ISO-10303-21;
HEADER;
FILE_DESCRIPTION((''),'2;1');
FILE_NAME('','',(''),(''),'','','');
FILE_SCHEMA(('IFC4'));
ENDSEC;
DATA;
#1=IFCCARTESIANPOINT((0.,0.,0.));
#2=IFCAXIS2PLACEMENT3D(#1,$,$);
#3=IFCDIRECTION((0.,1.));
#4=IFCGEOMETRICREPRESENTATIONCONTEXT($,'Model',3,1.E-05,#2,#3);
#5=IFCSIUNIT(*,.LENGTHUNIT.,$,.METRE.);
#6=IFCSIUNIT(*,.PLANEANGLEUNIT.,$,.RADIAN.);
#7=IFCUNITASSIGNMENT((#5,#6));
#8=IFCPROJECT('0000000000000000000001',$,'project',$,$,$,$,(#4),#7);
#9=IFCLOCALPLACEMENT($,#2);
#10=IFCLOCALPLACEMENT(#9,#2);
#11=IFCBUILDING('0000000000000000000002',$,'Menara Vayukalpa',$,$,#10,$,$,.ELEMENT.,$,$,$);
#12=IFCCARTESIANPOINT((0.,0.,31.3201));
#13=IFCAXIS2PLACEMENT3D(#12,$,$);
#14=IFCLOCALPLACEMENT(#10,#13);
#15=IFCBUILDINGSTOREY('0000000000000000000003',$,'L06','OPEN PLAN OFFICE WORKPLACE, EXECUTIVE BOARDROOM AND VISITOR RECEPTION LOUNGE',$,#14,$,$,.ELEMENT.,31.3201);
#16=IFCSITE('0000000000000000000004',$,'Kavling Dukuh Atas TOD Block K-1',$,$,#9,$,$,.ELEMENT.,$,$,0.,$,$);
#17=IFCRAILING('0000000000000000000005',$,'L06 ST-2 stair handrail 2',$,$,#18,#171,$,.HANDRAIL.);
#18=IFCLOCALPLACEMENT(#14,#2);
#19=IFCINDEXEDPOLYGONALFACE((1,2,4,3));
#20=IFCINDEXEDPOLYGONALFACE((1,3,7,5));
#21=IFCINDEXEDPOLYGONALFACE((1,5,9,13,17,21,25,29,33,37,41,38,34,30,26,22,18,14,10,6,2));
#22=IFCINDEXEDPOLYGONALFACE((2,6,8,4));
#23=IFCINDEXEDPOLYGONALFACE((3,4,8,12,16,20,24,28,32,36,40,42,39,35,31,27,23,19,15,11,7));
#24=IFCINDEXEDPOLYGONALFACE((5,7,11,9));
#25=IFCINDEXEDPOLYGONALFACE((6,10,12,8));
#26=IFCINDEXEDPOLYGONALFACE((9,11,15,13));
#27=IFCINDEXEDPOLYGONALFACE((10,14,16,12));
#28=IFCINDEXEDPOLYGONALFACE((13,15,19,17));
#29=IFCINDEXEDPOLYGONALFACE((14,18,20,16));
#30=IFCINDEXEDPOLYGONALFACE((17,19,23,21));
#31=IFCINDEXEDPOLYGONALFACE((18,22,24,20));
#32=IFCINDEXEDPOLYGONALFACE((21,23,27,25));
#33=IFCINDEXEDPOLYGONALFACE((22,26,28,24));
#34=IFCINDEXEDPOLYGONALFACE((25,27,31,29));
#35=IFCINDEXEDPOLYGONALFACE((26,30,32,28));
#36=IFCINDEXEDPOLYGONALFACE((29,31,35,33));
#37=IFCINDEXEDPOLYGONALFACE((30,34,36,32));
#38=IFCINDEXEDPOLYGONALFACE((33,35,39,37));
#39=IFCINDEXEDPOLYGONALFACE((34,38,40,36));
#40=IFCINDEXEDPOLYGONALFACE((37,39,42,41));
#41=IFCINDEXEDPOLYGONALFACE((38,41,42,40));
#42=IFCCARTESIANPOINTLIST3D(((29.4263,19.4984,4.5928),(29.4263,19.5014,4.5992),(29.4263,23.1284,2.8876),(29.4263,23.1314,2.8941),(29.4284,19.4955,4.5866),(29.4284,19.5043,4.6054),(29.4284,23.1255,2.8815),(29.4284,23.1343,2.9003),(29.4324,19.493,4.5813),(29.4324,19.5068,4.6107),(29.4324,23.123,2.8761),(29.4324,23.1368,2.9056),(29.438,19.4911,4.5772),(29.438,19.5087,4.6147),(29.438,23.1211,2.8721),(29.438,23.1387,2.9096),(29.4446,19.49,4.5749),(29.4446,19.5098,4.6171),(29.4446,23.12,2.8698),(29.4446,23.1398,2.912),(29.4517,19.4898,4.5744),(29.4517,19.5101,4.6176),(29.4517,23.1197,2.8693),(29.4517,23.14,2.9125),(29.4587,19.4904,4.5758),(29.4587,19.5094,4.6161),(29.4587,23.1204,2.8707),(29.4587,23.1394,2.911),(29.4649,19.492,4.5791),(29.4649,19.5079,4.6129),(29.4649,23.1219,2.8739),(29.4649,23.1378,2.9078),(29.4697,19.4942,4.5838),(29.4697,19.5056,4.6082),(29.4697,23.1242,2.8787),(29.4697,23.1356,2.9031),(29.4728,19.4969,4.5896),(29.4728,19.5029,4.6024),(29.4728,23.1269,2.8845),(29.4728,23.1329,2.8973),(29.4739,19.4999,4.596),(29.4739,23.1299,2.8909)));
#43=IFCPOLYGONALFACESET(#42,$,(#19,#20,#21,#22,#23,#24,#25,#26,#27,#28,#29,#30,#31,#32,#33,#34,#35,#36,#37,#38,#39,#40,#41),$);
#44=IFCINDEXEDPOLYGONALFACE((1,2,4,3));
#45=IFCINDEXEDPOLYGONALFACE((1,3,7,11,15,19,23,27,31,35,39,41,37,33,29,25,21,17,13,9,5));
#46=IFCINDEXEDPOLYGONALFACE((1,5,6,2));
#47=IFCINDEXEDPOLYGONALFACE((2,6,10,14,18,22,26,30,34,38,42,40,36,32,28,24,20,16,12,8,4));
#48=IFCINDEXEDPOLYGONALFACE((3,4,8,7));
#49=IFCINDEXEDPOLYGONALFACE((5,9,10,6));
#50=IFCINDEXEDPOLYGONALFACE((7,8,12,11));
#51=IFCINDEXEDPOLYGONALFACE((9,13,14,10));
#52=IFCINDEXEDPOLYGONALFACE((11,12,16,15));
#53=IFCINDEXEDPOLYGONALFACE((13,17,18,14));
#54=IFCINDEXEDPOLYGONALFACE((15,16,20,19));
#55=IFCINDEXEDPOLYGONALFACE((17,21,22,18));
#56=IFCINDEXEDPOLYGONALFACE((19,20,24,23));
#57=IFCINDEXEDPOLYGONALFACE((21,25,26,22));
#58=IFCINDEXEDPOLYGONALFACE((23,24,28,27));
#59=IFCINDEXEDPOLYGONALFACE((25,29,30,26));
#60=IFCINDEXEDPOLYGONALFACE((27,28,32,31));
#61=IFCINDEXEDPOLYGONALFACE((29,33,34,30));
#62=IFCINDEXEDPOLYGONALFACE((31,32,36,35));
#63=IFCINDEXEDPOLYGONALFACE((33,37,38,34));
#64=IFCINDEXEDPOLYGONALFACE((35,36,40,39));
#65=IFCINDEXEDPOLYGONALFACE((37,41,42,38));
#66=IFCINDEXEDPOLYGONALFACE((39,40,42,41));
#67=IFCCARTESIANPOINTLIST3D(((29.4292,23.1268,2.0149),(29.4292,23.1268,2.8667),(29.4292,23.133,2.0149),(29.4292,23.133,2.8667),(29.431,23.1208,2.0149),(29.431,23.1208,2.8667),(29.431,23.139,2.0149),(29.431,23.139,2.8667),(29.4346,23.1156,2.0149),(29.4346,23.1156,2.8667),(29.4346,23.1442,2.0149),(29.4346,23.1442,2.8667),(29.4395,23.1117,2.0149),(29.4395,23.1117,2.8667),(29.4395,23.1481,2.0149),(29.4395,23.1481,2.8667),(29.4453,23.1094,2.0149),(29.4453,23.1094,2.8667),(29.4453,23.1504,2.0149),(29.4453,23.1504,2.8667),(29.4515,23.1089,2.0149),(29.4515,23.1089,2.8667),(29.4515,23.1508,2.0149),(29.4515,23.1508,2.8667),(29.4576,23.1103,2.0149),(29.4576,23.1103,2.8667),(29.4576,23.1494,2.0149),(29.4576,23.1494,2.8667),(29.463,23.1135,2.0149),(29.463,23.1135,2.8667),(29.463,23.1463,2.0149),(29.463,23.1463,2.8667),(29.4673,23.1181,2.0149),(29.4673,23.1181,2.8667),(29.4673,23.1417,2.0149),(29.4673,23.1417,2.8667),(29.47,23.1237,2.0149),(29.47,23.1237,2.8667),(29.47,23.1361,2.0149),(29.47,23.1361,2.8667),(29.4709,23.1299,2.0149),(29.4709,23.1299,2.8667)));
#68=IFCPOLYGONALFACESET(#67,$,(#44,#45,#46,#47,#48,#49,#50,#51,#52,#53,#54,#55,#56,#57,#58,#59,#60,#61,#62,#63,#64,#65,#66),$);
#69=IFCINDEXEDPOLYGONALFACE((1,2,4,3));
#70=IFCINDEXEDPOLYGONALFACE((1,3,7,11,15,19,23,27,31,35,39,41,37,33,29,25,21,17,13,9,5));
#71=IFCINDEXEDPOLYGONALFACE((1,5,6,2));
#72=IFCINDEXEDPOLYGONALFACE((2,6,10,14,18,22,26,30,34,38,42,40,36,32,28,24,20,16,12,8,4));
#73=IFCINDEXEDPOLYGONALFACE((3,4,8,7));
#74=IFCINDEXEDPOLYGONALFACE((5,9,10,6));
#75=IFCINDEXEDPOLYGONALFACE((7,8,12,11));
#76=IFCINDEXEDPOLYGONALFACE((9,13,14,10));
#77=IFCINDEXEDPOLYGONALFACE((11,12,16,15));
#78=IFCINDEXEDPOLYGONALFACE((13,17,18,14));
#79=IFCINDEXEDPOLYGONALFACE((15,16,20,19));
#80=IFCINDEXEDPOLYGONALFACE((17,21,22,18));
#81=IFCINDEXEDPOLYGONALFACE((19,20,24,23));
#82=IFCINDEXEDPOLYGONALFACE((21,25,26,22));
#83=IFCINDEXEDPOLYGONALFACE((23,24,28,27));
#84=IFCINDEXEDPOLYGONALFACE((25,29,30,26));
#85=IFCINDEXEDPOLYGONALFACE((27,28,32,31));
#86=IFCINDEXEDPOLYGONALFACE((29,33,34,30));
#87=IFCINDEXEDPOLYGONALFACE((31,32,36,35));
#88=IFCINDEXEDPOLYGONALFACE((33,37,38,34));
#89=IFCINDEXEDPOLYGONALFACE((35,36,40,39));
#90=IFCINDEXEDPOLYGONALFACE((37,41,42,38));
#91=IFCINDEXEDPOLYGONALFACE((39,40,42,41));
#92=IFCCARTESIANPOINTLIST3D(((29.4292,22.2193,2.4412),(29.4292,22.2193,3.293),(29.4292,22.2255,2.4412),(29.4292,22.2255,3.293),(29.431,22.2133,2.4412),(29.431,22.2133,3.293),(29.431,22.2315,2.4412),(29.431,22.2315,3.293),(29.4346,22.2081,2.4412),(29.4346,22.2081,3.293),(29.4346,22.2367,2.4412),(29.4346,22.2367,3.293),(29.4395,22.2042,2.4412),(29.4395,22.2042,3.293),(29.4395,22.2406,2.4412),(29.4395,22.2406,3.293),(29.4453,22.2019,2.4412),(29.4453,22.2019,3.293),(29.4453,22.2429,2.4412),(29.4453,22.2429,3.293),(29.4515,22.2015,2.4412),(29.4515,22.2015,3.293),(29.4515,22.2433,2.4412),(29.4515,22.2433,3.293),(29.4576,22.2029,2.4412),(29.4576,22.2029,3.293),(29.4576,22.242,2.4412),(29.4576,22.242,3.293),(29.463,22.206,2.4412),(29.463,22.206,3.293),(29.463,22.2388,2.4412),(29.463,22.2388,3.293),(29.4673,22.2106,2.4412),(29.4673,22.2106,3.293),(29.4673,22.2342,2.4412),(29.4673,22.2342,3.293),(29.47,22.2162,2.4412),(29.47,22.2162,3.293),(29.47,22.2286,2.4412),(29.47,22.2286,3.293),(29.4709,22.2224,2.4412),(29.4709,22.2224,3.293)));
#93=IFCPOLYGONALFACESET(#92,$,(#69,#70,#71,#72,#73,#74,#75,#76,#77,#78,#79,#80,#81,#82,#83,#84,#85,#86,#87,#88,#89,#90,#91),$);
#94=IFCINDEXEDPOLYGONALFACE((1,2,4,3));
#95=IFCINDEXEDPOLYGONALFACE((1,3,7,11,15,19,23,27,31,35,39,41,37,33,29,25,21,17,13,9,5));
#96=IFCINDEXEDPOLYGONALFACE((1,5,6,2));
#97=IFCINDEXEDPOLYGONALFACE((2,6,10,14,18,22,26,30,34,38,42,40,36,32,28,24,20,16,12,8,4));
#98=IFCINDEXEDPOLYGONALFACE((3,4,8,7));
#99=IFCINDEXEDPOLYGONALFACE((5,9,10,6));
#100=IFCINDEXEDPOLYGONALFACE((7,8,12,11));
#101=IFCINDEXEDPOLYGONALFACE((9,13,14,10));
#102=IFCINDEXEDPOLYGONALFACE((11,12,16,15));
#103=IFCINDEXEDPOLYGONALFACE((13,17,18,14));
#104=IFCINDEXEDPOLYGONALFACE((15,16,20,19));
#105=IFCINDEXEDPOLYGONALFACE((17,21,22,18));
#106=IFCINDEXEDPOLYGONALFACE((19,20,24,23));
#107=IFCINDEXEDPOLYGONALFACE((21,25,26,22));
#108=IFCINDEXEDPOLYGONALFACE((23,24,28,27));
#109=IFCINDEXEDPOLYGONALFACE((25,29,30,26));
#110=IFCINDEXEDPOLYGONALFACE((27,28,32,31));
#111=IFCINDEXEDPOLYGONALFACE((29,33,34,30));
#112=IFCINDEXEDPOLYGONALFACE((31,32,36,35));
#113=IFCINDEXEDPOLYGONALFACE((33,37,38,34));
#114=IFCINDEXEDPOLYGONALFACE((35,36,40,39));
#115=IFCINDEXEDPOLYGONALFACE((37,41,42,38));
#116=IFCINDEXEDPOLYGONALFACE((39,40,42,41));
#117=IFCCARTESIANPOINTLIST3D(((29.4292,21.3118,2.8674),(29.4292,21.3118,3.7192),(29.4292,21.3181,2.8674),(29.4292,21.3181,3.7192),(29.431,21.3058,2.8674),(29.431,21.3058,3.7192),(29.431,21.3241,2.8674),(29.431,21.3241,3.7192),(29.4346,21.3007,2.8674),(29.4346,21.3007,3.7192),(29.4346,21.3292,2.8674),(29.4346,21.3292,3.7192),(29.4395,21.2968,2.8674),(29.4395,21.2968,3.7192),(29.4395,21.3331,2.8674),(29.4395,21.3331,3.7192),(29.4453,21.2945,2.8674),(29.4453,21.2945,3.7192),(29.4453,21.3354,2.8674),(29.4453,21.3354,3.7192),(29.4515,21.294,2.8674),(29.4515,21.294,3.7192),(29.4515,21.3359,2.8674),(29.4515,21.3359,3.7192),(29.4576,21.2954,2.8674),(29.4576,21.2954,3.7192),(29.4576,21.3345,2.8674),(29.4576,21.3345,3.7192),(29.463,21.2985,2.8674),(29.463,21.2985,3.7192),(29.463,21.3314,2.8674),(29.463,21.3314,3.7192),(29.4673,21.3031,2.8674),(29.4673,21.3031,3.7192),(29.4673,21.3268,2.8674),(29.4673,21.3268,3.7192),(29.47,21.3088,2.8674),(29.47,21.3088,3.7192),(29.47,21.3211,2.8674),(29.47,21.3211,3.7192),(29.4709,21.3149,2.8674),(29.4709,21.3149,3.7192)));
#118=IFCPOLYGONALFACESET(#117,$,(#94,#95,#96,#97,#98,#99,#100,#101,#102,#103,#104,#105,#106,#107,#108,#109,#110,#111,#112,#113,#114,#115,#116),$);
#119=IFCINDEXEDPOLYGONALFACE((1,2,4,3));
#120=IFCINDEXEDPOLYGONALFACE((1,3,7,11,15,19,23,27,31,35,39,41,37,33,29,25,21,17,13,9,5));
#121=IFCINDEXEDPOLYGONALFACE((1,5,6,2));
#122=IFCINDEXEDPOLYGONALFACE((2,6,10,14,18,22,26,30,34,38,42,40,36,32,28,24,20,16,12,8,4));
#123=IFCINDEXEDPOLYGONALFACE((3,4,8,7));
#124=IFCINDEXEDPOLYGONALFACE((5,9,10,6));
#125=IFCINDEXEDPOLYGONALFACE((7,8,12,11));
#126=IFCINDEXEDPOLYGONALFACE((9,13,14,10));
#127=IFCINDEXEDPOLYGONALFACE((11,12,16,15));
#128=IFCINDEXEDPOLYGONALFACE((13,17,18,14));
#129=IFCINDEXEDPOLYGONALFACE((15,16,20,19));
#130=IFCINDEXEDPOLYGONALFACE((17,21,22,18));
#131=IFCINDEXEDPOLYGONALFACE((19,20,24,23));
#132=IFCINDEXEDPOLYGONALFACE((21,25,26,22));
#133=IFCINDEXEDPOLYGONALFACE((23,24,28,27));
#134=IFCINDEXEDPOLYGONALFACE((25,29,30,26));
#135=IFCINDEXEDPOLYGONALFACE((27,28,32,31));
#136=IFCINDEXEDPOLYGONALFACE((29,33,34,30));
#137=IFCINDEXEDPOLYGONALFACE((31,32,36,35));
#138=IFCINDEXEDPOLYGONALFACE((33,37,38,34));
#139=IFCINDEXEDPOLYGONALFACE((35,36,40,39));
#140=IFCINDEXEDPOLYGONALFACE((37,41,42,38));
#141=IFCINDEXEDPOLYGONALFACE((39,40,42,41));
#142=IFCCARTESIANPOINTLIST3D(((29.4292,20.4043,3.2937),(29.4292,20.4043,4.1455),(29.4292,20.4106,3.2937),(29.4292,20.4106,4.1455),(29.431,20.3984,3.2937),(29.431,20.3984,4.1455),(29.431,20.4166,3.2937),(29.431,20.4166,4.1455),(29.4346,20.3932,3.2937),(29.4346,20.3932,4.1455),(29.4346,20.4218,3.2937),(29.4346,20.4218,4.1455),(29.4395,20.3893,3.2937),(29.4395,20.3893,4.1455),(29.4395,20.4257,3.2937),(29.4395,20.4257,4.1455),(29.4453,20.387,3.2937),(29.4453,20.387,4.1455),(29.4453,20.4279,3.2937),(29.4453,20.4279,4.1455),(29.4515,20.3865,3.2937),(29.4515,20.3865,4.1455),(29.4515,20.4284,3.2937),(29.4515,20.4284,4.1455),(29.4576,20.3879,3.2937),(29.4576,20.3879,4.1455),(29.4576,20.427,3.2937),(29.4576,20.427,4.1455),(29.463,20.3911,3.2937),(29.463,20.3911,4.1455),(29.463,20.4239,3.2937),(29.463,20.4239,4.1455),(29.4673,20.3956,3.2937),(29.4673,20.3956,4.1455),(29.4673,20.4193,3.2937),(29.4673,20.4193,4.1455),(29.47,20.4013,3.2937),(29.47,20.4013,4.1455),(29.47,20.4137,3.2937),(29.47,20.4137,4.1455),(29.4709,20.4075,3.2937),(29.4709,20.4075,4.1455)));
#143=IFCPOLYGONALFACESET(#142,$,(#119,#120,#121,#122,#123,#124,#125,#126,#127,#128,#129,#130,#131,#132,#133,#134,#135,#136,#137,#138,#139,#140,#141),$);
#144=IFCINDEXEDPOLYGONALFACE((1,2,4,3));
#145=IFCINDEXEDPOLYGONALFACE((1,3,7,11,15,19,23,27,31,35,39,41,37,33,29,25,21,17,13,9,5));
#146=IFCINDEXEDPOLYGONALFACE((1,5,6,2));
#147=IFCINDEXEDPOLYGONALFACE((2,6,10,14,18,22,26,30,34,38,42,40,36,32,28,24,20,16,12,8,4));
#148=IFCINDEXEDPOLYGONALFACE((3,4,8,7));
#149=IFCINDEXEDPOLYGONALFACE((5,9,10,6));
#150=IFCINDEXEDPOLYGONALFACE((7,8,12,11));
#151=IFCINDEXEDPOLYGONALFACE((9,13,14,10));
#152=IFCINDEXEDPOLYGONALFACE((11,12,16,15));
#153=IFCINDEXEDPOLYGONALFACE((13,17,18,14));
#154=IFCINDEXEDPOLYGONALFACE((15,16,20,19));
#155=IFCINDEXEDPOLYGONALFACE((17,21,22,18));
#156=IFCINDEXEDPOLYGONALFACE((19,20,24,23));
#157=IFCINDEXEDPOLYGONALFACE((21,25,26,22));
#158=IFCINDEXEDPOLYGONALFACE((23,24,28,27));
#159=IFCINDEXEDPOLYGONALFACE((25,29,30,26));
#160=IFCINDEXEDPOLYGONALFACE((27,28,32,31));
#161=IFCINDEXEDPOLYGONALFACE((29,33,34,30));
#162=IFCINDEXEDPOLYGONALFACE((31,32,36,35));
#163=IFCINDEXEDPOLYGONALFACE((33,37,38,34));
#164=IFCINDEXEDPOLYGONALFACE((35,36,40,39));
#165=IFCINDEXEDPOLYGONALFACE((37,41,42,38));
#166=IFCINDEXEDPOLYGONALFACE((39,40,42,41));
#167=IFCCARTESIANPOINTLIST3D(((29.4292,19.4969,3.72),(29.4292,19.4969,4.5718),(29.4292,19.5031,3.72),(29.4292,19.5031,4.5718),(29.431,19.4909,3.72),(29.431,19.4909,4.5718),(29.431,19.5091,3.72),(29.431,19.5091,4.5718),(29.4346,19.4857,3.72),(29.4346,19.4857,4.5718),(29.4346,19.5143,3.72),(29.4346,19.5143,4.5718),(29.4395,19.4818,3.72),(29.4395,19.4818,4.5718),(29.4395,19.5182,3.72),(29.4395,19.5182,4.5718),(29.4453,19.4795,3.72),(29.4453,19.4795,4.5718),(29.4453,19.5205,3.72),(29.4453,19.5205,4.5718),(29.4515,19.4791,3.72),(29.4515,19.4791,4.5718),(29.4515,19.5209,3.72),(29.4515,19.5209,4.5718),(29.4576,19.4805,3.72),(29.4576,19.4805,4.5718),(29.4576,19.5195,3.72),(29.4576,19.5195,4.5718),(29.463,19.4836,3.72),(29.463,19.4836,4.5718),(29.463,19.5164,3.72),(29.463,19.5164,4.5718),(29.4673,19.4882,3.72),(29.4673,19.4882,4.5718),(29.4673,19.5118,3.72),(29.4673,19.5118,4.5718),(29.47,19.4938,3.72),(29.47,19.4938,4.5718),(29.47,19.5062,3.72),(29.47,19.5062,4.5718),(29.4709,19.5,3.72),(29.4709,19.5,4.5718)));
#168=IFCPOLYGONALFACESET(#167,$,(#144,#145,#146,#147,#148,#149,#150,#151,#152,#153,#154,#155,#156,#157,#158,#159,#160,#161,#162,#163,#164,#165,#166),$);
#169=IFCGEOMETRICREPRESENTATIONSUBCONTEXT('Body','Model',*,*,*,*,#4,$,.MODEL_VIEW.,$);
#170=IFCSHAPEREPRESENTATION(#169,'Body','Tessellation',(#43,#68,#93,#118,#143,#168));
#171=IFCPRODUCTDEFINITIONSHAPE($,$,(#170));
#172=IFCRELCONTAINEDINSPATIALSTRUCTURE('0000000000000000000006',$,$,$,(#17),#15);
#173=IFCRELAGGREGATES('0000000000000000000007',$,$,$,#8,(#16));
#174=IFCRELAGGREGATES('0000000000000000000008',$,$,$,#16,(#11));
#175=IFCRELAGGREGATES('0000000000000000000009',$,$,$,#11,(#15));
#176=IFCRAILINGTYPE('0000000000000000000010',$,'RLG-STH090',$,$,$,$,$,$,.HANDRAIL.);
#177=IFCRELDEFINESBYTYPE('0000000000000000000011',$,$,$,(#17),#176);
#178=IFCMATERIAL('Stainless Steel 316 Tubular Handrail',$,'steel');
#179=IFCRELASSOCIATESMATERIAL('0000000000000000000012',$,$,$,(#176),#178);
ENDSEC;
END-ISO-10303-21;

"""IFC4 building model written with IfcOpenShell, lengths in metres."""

from ifc_helpers import new_model, si_unit, direction, frame, origin, origin_2d, place, context, subcontext, project, spatial, circle, extrude, material, type_object, element, save


model = new_model("IFC4")

# Units and contexts
model_context = context("Model", 3, precision=1e-05, world=origin(), true_north=direction((0.0, 1.0)))
body_context = subcontext(model_context, "Body", "Model", "MODEL_VIEW")
ifc_project = project(units=[si_unit("LENGTHUNIT", "METRE"), si_unit("PLANEANGLEUNIT", "RADIAN")], contexts=[model_context])

# Site, building, storey
site_placement = place(None, origin())
site = spatial("IfcSite", under=ifc_project, at=site_placement, Name="Kavling Dukuh Atas TOD Block K-1", CompositionType="ELEMENT", RefElevation=0.0)
building_placement = place(site_placement, origin())
building = spatial("IfcBuilding", under=site, at=building_placement, Name="Menara Vayukalpa", CompositionType="ELEMENT")
storey_placement = place(building_placement, frame((0.0, 0.0, 31.3201)))
storey = spatial("IfcBuildingStorey", under=building, at=storey_placement, Name="L06", Description="OPEN PLAN OFFICE WORKPLACE, EXECUTIVE BOARDROOM AND VISITOR RECEPTION LOUNGE", CompositionType="ELEMENT", Elevation=31.3201)

# Railing
ifc_material_1 = material(Name="Stainless Steel 316 Tubular Handrail", Category="steel")
railing_type = type_object("IfcRailingType", Name="RLG-STH090", PredefinedType="HANDRAIL", material=ifc_material_1)
railing_placement = place(storey_placement, frame((29.45, 23.1299, 2.0149)))
element("IfcRailing", 1, at=railing_placement, inside=storey, type_object=railing_type, Name="L06 ST-2 stair handrail 2", PredefinedType="HANDRAIL", context=body_context, shape_type="SweptSolid", body=[
    extrude(circle(Radius=0.0239, at=origin_2d()), frame((0.0, 0.0, 0.876), z_axis=(0.0, -0.905116, 0.425164), x_axis=(1.0, 0.0, 0.0)), (0.0, 0.0, 1.0), 4.0105),
    extrude(circle(Radius=0.021, at=origin_2d()), origin(), (0.0, 0.0, 1.0), 0.8518),
    extrude(circle(Radius=0.021, at=origin_2d()), frame((0.0, -0.9075, 0.4263)), (0.0, 0.0, 1.0), 0.8518),
    extrude(circle(Radius=0.021, at=origin_2d()), frame((0.0, -1.8149, 0.8525)), (0.0, 0.0, 1.0), 0.8518),
    extrude(circle(Radius=0.021, at=origin_2d()), frame((0.0, -2.7224, 1.2788)), (0.0, 0.0, 1.0), 0.8518),
    extrude(circle(Radius=0.021, at=origin_2d()), frame((0.0, -3.6299, 1.7051)), (0.0, 0.0, 1.0), 0.8518),
])

save(model, "model.ifc")
